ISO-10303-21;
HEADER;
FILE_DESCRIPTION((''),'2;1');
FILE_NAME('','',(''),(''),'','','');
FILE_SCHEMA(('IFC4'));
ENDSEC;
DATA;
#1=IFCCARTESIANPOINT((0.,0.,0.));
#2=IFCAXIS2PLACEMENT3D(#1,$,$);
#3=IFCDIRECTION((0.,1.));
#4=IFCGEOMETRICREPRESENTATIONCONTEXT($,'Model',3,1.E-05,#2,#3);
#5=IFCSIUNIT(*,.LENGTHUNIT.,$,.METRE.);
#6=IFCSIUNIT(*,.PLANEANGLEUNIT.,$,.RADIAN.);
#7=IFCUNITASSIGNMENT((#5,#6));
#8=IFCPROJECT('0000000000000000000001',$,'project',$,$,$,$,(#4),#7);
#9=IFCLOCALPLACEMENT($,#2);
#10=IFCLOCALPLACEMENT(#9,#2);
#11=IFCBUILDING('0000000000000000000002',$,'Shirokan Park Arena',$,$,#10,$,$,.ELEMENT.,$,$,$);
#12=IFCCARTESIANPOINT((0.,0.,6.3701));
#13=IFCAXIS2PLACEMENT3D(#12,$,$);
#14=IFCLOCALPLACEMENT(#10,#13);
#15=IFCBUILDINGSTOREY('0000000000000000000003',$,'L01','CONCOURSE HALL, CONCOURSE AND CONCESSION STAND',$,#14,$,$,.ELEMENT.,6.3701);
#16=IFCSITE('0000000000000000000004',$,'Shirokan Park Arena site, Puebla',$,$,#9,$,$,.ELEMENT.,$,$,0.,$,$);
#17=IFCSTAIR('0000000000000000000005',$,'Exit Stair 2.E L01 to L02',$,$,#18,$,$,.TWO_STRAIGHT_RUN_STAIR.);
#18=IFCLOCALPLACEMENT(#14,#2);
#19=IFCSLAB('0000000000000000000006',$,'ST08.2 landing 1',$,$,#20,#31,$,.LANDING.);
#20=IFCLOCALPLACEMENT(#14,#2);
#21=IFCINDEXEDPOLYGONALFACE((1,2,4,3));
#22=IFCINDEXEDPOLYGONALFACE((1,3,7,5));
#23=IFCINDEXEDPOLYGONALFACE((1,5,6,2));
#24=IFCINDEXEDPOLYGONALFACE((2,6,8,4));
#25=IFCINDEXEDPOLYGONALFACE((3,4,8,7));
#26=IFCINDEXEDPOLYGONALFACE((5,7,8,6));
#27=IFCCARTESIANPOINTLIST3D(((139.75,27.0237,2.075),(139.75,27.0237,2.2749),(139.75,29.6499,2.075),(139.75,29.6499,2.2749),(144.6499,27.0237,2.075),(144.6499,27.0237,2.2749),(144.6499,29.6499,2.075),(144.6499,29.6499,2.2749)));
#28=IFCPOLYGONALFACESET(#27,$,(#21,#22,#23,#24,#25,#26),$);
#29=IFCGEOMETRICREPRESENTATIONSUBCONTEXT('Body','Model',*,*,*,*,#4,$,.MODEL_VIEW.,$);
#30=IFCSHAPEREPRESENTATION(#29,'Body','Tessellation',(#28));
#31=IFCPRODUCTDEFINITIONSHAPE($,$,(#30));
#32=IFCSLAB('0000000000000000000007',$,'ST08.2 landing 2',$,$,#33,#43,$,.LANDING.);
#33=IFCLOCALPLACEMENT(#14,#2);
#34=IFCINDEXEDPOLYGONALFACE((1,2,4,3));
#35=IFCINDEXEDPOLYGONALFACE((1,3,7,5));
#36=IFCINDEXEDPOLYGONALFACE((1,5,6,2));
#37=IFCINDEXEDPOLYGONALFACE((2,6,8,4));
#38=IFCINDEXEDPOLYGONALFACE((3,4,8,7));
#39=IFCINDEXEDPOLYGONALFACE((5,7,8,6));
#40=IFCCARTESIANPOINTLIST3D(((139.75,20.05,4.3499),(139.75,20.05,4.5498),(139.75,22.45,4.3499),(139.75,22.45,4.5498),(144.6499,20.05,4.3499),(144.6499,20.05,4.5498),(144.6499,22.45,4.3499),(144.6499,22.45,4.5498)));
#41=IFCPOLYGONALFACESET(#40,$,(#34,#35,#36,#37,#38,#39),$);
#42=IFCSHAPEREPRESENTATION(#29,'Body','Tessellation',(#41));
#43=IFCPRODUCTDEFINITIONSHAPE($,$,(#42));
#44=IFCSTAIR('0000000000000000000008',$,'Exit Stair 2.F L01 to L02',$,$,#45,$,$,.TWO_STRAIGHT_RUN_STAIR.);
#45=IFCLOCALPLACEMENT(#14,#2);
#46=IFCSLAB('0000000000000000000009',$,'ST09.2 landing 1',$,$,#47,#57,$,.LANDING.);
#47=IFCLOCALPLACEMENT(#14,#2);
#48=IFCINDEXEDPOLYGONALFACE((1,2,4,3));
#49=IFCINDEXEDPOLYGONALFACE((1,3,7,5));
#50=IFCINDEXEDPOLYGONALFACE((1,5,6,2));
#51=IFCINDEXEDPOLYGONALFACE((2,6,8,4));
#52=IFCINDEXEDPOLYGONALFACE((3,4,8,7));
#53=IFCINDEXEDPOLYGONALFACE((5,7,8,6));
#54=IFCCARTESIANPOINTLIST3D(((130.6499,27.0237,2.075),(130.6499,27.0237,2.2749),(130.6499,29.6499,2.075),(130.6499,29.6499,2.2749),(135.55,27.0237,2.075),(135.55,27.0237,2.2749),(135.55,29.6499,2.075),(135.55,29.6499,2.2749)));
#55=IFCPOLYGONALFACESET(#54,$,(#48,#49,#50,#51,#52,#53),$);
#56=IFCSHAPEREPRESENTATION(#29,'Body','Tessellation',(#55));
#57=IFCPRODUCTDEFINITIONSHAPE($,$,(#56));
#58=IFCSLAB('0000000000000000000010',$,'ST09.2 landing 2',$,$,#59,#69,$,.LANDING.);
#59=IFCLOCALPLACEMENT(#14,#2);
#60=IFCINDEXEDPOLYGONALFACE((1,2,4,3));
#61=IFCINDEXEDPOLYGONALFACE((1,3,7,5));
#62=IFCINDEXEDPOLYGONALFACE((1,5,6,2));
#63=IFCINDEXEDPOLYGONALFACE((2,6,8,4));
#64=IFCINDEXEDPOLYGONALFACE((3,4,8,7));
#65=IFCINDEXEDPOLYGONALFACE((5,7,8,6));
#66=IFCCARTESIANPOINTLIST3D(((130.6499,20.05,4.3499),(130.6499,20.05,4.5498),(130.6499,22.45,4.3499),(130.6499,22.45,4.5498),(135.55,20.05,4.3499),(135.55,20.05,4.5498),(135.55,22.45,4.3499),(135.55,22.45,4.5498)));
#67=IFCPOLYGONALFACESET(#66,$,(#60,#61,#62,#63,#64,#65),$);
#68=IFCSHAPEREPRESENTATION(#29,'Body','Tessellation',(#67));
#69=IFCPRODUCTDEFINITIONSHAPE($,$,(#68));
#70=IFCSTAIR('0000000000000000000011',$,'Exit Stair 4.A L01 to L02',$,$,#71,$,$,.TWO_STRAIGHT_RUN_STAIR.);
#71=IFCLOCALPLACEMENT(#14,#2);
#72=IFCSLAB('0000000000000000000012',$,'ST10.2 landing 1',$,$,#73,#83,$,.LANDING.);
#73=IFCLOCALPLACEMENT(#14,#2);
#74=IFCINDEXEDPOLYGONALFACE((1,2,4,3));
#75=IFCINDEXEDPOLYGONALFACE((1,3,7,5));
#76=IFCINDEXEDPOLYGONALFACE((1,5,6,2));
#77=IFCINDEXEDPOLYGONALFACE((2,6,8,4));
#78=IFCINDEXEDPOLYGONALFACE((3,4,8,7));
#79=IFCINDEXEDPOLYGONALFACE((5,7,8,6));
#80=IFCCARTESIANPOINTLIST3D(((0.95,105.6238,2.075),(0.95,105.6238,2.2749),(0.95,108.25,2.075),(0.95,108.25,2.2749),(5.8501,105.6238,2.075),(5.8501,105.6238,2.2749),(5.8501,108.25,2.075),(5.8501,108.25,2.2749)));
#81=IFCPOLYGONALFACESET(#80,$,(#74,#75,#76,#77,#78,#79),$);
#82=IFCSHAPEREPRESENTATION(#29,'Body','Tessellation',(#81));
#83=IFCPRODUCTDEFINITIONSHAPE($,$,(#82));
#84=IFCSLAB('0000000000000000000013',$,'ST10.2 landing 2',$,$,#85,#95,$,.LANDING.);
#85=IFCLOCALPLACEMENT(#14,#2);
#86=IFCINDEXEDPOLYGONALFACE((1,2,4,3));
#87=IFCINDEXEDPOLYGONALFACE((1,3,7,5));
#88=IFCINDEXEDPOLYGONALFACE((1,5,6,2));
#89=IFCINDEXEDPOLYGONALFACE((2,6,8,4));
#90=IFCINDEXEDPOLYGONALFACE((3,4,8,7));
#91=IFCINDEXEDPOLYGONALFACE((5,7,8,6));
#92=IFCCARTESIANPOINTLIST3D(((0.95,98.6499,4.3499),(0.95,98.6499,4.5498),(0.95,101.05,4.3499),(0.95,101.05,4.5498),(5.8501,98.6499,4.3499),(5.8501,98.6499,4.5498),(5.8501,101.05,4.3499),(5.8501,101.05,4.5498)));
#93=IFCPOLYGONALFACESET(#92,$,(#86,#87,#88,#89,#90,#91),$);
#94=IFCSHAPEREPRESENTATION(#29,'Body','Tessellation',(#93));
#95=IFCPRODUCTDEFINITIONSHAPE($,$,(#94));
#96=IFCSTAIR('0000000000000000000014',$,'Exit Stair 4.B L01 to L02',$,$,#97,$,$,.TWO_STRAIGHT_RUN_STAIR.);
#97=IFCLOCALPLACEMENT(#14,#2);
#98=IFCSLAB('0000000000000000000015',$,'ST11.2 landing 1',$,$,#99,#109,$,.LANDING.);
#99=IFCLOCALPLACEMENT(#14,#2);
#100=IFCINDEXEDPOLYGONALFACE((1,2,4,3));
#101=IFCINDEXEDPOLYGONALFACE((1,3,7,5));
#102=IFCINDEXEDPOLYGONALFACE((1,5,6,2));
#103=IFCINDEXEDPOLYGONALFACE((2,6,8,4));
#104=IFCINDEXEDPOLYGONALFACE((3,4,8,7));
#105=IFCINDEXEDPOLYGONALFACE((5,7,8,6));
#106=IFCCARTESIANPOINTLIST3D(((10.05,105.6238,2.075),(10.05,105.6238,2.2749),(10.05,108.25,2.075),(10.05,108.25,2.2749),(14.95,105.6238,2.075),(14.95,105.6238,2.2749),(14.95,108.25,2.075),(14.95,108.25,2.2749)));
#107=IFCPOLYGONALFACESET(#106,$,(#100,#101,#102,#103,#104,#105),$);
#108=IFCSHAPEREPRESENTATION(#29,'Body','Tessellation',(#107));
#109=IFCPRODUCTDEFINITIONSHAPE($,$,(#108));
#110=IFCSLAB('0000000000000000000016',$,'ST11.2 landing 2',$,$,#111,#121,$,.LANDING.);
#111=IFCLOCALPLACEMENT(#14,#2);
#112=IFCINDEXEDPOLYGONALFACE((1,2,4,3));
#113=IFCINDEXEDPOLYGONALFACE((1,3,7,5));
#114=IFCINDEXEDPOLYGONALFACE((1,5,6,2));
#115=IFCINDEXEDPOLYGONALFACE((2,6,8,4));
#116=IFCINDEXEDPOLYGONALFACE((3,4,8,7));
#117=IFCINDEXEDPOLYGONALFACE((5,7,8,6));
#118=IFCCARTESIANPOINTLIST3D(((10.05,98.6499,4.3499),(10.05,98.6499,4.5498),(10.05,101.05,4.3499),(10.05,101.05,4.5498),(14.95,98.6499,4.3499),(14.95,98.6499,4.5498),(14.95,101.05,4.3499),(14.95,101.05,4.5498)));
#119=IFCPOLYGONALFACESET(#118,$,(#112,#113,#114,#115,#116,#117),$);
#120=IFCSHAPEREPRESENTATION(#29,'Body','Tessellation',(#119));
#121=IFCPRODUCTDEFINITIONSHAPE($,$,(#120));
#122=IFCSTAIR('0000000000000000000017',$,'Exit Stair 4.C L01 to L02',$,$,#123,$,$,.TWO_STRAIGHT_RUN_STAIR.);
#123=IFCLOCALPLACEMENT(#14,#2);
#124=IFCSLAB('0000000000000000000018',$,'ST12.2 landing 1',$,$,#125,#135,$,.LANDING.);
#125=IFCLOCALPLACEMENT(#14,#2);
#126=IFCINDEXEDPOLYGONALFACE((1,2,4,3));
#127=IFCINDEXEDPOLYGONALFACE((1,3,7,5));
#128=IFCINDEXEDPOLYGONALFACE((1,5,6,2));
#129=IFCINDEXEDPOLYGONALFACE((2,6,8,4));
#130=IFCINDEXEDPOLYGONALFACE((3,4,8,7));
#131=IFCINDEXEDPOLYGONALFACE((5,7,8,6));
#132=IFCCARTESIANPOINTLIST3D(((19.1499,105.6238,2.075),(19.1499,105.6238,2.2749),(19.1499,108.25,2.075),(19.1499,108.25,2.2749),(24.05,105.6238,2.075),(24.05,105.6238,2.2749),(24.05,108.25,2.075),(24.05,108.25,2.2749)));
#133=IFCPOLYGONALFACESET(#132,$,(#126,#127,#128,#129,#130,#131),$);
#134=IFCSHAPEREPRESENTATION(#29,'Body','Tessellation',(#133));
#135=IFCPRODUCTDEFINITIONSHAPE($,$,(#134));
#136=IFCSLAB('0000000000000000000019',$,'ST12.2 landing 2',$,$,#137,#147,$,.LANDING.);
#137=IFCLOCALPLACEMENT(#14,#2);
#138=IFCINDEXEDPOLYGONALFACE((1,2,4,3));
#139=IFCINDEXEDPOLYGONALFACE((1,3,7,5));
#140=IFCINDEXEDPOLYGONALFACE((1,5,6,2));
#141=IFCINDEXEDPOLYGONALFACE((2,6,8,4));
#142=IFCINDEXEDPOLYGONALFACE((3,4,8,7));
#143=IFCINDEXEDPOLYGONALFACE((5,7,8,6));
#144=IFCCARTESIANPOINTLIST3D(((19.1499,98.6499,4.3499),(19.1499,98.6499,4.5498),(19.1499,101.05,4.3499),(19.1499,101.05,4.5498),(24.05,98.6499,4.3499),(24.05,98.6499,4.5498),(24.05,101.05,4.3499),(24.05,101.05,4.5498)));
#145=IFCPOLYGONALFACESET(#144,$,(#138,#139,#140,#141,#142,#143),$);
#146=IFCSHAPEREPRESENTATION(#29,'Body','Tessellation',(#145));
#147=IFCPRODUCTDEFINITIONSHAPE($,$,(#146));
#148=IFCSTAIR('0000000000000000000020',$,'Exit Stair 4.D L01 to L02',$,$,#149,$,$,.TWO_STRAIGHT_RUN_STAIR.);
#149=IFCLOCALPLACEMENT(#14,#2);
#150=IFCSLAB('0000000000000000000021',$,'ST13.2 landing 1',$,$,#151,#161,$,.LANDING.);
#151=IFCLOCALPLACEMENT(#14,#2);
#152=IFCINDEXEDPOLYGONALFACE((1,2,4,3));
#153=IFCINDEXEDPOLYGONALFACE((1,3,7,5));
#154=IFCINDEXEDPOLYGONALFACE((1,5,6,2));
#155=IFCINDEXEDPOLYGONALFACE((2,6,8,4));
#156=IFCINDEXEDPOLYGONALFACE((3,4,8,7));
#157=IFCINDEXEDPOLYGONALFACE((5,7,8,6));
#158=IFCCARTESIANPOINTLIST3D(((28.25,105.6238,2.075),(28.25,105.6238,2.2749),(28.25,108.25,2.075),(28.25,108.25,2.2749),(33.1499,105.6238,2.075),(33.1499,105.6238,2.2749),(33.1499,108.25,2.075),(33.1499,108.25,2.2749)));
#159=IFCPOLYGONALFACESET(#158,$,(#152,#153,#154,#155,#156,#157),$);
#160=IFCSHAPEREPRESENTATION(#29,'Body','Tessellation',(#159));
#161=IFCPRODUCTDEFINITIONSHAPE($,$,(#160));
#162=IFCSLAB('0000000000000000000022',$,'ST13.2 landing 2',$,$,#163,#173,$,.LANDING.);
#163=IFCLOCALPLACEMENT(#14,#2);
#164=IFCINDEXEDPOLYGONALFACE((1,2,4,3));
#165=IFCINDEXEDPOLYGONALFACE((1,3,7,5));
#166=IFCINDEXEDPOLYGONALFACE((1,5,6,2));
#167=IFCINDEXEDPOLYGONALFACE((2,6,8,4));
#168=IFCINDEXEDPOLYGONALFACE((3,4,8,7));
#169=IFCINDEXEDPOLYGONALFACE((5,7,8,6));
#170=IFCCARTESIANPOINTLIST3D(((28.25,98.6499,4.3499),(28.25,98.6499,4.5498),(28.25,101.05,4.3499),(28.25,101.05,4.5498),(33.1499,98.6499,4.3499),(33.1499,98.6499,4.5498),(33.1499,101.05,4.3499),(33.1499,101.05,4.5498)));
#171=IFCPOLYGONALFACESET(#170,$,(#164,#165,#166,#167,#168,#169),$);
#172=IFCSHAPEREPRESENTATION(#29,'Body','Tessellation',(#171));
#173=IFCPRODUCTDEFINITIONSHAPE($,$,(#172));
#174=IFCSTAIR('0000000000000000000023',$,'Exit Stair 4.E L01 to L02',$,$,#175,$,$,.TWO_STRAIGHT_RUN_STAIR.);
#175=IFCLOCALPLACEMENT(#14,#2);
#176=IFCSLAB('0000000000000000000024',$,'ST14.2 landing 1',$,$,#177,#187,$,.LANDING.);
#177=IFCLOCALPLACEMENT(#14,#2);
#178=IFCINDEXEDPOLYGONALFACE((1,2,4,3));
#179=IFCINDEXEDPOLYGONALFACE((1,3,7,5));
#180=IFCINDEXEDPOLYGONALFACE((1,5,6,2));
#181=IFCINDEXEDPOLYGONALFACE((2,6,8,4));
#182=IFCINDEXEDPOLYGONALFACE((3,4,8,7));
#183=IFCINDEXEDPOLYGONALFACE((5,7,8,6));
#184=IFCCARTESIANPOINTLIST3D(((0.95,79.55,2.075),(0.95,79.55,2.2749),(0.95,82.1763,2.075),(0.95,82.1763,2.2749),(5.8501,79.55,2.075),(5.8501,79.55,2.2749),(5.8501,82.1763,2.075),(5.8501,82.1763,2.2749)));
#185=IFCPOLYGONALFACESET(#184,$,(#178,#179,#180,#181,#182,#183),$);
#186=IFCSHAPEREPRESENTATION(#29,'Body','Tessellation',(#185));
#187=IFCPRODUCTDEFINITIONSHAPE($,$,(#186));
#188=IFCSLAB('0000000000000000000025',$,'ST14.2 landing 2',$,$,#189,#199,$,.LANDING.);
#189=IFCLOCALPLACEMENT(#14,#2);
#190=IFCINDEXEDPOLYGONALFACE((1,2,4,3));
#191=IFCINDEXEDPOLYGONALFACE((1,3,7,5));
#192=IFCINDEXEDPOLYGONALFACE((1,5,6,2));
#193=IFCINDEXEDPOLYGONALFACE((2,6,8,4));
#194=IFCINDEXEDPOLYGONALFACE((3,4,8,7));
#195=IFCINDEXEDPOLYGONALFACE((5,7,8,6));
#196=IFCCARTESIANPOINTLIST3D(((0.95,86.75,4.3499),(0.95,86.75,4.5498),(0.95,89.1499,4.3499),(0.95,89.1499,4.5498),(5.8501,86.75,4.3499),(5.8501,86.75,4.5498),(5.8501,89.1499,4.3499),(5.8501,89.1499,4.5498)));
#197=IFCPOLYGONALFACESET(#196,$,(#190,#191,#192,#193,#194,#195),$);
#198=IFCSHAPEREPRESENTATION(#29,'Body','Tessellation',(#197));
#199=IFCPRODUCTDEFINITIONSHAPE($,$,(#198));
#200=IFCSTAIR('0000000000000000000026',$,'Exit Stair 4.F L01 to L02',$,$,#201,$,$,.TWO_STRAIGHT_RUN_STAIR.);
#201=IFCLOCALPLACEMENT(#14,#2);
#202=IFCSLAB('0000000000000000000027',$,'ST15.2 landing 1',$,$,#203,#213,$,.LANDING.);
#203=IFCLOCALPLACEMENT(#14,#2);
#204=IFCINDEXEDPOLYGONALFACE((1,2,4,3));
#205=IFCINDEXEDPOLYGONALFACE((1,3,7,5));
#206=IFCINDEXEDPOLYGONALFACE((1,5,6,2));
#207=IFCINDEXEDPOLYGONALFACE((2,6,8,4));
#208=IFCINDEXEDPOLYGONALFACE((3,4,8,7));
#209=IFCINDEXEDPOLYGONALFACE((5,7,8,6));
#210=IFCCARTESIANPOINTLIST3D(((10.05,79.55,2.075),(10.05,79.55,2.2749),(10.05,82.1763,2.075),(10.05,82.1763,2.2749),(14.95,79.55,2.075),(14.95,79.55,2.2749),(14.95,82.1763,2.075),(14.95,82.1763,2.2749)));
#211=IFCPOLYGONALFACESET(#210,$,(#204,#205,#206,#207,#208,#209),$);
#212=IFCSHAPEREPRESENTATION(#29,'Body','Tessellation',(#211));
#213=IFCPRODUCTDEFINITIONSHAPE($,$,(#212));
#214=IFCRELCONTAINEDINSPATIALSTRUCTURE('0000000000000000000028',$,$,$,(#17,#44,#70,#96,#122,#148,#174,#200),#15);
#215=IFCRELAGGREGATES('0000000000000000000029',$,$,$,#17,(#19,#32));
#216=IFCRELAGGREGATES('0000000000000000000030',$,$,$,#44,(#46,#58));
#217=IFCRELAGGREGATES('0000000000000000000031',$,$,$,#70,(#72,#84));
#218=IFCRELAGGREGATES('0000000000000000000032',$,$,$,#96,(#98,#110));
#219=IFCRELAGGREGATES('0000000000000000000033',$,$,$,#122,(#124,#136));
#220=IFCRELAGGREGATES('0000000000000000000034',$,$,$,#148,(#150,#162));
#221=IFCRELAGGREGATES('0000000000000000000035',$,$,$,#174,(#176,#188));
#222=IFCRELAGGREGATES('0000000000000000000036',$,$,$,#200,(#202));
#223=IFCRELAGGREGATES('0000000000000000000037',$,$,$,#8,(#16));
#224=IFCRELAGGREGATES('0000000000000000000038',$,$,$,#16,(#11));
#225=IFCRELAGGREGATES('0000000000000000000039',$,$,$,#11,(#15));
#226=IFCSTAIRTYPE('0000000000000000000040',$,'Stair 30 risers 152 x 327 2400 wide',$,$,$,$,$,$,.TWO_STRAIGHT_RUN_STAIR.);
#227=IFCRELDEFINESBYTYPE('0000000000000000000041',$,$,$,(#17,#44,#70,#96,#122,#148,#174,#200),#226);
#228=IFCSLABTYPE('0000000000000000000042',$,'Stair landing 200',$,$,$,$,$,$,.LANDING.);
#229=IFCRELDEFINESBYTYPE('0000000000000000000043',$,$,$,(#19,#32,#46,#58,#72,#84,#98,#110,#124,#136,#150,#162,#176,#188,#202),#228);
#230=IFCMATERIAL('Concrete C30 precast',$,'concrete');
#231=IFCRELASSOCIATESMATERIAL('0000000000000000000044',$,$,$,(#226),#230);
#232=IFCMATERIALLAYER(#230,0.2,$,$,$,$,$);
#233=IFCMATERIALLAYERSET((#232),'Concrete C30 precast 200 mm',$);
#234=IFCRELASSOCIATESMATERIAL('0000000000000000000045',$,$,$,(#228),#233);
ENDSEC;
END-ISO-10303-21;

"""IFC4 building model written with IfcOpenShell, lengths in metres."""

from ifc_helpers import new_model, si_unit, direction, frame, origin, place, context, subcontext, project, spatial, polyline, outline, extrude, material, layer, layer_set, type_object, element, aggregate, save


model = new_model("IFC4")

# Units and contexts
model_context = context("Model", 3, precision=1e-05, world=origin(), true_north=direction((0.0, 1.0)))
body_context = subcontext(model_context, "Body", "Model", "MODEL_VIEW")
ifc_project = project(units=[si_unit("LENGTHUNIT", "METRE"), si_unit("PLANEANGLEUNIT", "RADIAN")], contexts=[model_context])

# Site, building, storey
site_placement = place(None, origin())
site = spatial("IfcSite", under=ifc_project, at=site_placement, Name="Shirokan Park Arena site, Puebla", CompositionType="ELEMENT", RefElevation=0.0)
building_placement = place(site_placement, origin())
building = spatial("IfcBuilding", under=site, at=building_placement, Name="Shirokan Park Arena", CompositionType="ELEMENT")
storey_placement = place(building_placement, frame((0.0, 0.0, 6.3701)))
storey = spatial("IfcBuildingStorey", under=building, at=storey_placement, Name="L01", Description="CONCOURSE HALL, CONCOURSE AND CONCESSION STAND", CompositionType="ELEMENT", Elevation=6.3701)

# Stairs, slabs
ifc_material_1 = material(Name="Concrete C30 precast", Category="concrete")
stair_type = type_object("IfcStairType", Name="Stair 30 risers 152 x 327 2400 wide", PredefinedType="TWO_STRAIGHT_RUN_STAIR", material=ifc_material_1)
stair_1_placement = place(storey_placement, origin())
stair_1 = element("IfcStair", 1, at=stair_1_placement, inside=storey, type_object=stair_type, Name="Exit Stair 2.E L01 to L02", PredefinedType="TWO_STRAIGHT_RUN_STAIR")
ifc_layer = layer(ifc_material_1, 0.2)
ifc_layer_set = layer_set([ifc_layer], Name="Concrete C30 precast 200 mm")
slab_type = type_object("IfcSlabType", Name="Stair landing 200", PredefinedType="LANDING", material=ifc_layer_set)
slab_1_placement = place(storey_placement, frame((0.0, 0.0, 2.075)))
slab_1 = element("IfcSlab", 2, at=slab_1_placement, type_object=slab_type, Name="ST08.2 landing 1", PredefinedType="LANDING", context=body_context, shape_type="SweptSolid", body=[
    extrude(outline(polyline([(139.75, 27.0237), (144.6499, 27.0237), (144.6499, 29.6499), (139.75, 29.6499), (139.75, 27.0237)])), origin(), (0.0, 0.0, 1.0), 0.2),
])
slab_2_placement = place(storey_placement, frame((0.0, 0.0, 4.3499)))
slab_2 = element("IfcSlab", 3, at=slab_2_placement, type_object=slab_type, Name="ST08.2 landing 2", PredefinedType="LANDING", context=body_context, shape_type="SweptSolid", body=[
    extrude(outline(polyline([(139.75, 20.05), (144.6499, 20.05), (144.6499, 22.45), (139.75, 22.45), (139.75, 20.05)])), origin(), (0.0, 0.0, 1.0), 0.2),
])
aggregate(stair_1, [slab_1, slab_2])
stair_2_placement = place(storey_placement, origin())
stair_2 = element("IfcStair", 4, at=stair_2_placement, inside=storey, type_object=stair_type, Name="Exit Stair 2.F L01 to L02", PredefinedType="TWO_STRAIGHT_RUN_STAIR")
slab_3_placement = place(storey_placement, frame((0.0, 0.0, 2.075)))
slab_3 = element("IfcSlab", 5, at=slab_3_placement, type_object=slab_type, Name="ST09.2 landing 1", PredefinedType="LANDING", context=body_context, shape_type="SweptSolid", body=[
    extrude(outline(polyline([(130.6499, 27.0237), (135.55, 27.0237), (135.55, 29.6499), (130.6499, 29.6499), (130.6499, 27.0237)])), origin(), (0.0, 0.0, 1.0), 0.2),
])
slab_4_placement = place(storey_placement, frame((0.0, 0.0, 4.3499)))
slab_4 = element("IfcSlab", 6, at=slab_4_placement, type_object=slab_type, Name="ST09.2 landing 2", PredefinedType="LANDING", context=body_context, shape_type="SweptSolid", body=[
    extrude(outline(polyline([(130.6499, 20.05), (135.55, 20.05), (135.55, 22.45), (130.6499, 22.45), (130.6499, 20.05)])), origin(), (0.0, 0.0, 1.0), 0.2),
])
aggregate(stair_2, [slab_3, slab_4])
stair_3_placement = place(storey_placement, origin())
stair_3 = element("IfcStair", 7, at=stair_3_placement, inside=storey, type_object=stair_type, Name="Exit Stair 4.A L01 to L02", PredefinedType="TWO_STRAIGHT_RUN_STAIR")
slab_5_placement = place(storey_placement, frame((0.0, 0.0, 2.075)))
slab_5 = element("IfcSlab", 8, at=slab_5_placement, type_object=slab_type, Name="ST10.2 landing 1", PredefinedType="LANDING", context=body_context, shape_type="SweptSolid", body=[
    extrude(outline(polyline([(0.95, 105.6238), (5.8501, 105.6238), (5.8501, 108.25), (0.95, 108.25), (0.95, 105.6238)])), origin(), (0.0, 0.0, 1.0), 0.2),
])
slab_6_placement = place(storey_placement, frame((0.0, 0.0, 4.3499)))
slab_6 = element("IfcSlab", 9, at=slab_6_placement, type_object=slab_type, Name="ST10.2 landing 2", PredefinedType="LANDING", context=body_context, shape_type="SweptSolid", body=[
    extrude(outline(polyline([(0.95, 98.6499), (5.8501, 98.6499), (5.8501, 101.05), (0.95, 101.05), (0.95, 98.6499)])), origin(), (0.0, 0.0, 1.0), 0.2),
])
aggregate(stair_3, [slab_5, slab_6])
stair_4_placement = place(storey_placement, origin())
stair_4 = element("IfcStair", 10, at=stair_4_placement, inside=storey, type_object=stair_type, Name="Exit Stair 4.B L01 to L02", PredefinedType="TWO_STRAIGHT_RUN_STAIR")
slab_7_placement = place(storey_placement, frame((0.0, 0.0, 2.075)))
slab_7 = element("IfcSlab", 11, at=slab_7_placement, type_object=slab_type, Name="ST11.2 landing 1", PredefinedType="LANDING", context=body_context, shape_type="SweptSolid", body=[
    extrude(outline(polyline([(10.05, 105.6238), (14.95, 105.6238), (14.95, 108.25), (10.05, 108.25), (10.05, 105.6238)])), origin(), (0.0, 0.0, 1.0), 0.2),
])
slab_8_placement = place(storey_placement, frame((0.0, 0.0, 4.3499)))
slab_8 = element("IfcSlab", 12, at=slab_8_placement, type_object=slab_type, Name="ST11.2 landing 2", PredefinedType="LANDING", context=body_context, shape_type="SweptSolid", body=[
    extrude(outline(polyline([(10.05, 98.6499), (14.95, 98.6499), (14.95, 101.05), (10.05, 101.05), (10.05, 98.6499)])), origin(), (0.0, 0.0, 1.0), 0.2),
])
aggregate(stair_4, [slab_7, slab_8])
stair_5_placement = place(storey_placement, origin())
stair_5 = element("IfcStair", 13, at=stair_5_placement, inside=storey, type_object=stair_type, Name="Exit Stair 4.C L01 to L02", PredefinedType="TWO_STRAIGHT_RUN_STAIR")
slab_9_placement = place(storey_placement, frame((0.0, 0.0, 2.075)))
slab_9 = element("IfcSlab", 14, at=slab_9_placement, type_object=slab_type, Name="ST12.2 landing 1", PredefinedType="LANDING", context=body_context, shape_type="SweptSolid", body=[
    extrude(outline(polyline([(19.1499, 105.6238), (24.05, 105.6238), (24.05, 108.25), (19.1499, 108.25), (19.1499, 105.6238)])), origin(), (0.0, 0.0, 1.0), 0.2),
])
slab_10_placement = place(storey_placement, frame((0.0, 0.0, 4.3499)))
slab_10 = element("IfcSlab", 15, at=slab_10_placement, type_object=slab_type, Name="ST12.2 landing 2", PredefinedType="LANDING", context=body_context, shape_type="SweptSolid", body=[
    extrude(outline(polyline([(19.1499, 98.6499), (24.05, 98.6499), (24.05, 101.05), (19.1499, 101.05), (19.1499, 98.6499)])), origin(), (0.0, 0.0, 1.0), 0.2),
])
aggregate(stair_5, [slab_9, slab_10])
stair_6_placement = place(storey_placement, origin())
stair_6 = element("IfcStair", 16, at=stair_6_placement, inside=storey, type_object=stair_type, Name="Exit Stair 4.D L01 to L02", PredefinedType="TWO_STRAIGHT_RUN_STAIR")
slab_11_placement = place(storey_placement, frame((0.0, 0.0, 2.075)))
slab_11 = element("IfcSlab", 17, at=slab_11_placement, type_object=slab_type, Name="ST13.2 landing 1", PredefinedType="LANDING", context=body_context, shape_type="SweptSolid", body=[
    extrude(outline(polyline([(28.25, 105.6238), (33.1499, 105.6238), (33.1499, 108.25), (28.25, 108.25), (28.25, 105.6238)])), origin(), (0.0, 0.0, 1.0), 0.2),
])
slab_12_placement = place(storey_placement, frame((0.0, 0.0, 4.3499)))
slab_12 = element("IfcSlab", 18, at=slab_12_placement, type_object=slab_type, Name="ST13.2 landing 2", PredefinedType="LANDING", context=body_context, shape_type="SweptSolid", body=[
    extrude(outline(polyline([(28.25, 98.6499), (33.1499, 98.6499), (33.1499, 101.05), (28.25, 101.05), (28.25, 98.6499)])), origin(), (0.0, 0.0, 1.0), 0.2),
])
aggregate(stair_6, [slab_11, slab_12])
stair_7_placement = place(storey_placement, origin())
stair_7 = element("IfcStair", 19, at=stair_7_placement, inside=storey, type_object=stair_type, Name="Exit Stair 4.E L01 to L02", PredefinedType="TWO_STRAIGHT_RUN_STAIR")
slab_13_placement = place(storey_placement, frame((0.0, 0.0, 2.075)))
slab_13 = element("IfcSlab", 20, at=slab_13_placement, type_object=slab_type, Name="ST14.2 landing 1", PredefinedType="LANDING", context=body_context, shape_type="SweptSolid", body=[
    extrude(outline(polyline([(0.95, 79.55), (5.8501, 79.55), (5.8501, 82.1763), (0.95, 82.1763), (0.95, 79.55)])), origin(), (0.0, 0.0, 1.0), 0.2),
])
slab_14_placement = place(storey_placement, frame((0.0, 0.0, 4.3499)))
slab_14 = element("IfcSlab", 21, at=slab_14_placement, type_object=slab_type, Name="ST14.2 landing 2", PredefinedType="LANDING", context=body_context, shape_type="SweptSolid", body=[
    extrude(outline(polyline([(0.95, 86.75), (5.8501, 86.75), (5.8501, 89.1499), (0.95, 89.1499), (0.95, 86.75)])), origin(), (0.0, 0.0, 1.0), 0.2),
])
aggregate(stair_7, [slab_13, slab_14])
stair_8_placement = place(storey_placement, origin())
stair_8 = element("IfcStair", 22, at=stair_8_placement, inside=storey, type_object=stair_type, Name="Exit Stair 4.F L01 to L02", PredefinedType="TWO_STRAIGHT_RUN_STAIR")
slab_15_placement = place(storey_placement, frame((0.0, 0.0, 2.075)))
slab_15 = element("IfcSlab", 23, at=slab_15_placement, type_object=slab_type, Name="ST15.2 landing 1", PredefinedType="LANDING", context=body_context, shape_type="SweptSolid", body=[
    extrude(outline(polyline([(10.05, 79.55), (14.95, 79.55), (14.95, 82.1763), (10.05, 82.1763), (10.05, 79.55)])), origin(), (0.0, 0.0, 1.0), 0.2),
])
aggregate(stair_8, [slab_15])

save(model, "model.ifc")
